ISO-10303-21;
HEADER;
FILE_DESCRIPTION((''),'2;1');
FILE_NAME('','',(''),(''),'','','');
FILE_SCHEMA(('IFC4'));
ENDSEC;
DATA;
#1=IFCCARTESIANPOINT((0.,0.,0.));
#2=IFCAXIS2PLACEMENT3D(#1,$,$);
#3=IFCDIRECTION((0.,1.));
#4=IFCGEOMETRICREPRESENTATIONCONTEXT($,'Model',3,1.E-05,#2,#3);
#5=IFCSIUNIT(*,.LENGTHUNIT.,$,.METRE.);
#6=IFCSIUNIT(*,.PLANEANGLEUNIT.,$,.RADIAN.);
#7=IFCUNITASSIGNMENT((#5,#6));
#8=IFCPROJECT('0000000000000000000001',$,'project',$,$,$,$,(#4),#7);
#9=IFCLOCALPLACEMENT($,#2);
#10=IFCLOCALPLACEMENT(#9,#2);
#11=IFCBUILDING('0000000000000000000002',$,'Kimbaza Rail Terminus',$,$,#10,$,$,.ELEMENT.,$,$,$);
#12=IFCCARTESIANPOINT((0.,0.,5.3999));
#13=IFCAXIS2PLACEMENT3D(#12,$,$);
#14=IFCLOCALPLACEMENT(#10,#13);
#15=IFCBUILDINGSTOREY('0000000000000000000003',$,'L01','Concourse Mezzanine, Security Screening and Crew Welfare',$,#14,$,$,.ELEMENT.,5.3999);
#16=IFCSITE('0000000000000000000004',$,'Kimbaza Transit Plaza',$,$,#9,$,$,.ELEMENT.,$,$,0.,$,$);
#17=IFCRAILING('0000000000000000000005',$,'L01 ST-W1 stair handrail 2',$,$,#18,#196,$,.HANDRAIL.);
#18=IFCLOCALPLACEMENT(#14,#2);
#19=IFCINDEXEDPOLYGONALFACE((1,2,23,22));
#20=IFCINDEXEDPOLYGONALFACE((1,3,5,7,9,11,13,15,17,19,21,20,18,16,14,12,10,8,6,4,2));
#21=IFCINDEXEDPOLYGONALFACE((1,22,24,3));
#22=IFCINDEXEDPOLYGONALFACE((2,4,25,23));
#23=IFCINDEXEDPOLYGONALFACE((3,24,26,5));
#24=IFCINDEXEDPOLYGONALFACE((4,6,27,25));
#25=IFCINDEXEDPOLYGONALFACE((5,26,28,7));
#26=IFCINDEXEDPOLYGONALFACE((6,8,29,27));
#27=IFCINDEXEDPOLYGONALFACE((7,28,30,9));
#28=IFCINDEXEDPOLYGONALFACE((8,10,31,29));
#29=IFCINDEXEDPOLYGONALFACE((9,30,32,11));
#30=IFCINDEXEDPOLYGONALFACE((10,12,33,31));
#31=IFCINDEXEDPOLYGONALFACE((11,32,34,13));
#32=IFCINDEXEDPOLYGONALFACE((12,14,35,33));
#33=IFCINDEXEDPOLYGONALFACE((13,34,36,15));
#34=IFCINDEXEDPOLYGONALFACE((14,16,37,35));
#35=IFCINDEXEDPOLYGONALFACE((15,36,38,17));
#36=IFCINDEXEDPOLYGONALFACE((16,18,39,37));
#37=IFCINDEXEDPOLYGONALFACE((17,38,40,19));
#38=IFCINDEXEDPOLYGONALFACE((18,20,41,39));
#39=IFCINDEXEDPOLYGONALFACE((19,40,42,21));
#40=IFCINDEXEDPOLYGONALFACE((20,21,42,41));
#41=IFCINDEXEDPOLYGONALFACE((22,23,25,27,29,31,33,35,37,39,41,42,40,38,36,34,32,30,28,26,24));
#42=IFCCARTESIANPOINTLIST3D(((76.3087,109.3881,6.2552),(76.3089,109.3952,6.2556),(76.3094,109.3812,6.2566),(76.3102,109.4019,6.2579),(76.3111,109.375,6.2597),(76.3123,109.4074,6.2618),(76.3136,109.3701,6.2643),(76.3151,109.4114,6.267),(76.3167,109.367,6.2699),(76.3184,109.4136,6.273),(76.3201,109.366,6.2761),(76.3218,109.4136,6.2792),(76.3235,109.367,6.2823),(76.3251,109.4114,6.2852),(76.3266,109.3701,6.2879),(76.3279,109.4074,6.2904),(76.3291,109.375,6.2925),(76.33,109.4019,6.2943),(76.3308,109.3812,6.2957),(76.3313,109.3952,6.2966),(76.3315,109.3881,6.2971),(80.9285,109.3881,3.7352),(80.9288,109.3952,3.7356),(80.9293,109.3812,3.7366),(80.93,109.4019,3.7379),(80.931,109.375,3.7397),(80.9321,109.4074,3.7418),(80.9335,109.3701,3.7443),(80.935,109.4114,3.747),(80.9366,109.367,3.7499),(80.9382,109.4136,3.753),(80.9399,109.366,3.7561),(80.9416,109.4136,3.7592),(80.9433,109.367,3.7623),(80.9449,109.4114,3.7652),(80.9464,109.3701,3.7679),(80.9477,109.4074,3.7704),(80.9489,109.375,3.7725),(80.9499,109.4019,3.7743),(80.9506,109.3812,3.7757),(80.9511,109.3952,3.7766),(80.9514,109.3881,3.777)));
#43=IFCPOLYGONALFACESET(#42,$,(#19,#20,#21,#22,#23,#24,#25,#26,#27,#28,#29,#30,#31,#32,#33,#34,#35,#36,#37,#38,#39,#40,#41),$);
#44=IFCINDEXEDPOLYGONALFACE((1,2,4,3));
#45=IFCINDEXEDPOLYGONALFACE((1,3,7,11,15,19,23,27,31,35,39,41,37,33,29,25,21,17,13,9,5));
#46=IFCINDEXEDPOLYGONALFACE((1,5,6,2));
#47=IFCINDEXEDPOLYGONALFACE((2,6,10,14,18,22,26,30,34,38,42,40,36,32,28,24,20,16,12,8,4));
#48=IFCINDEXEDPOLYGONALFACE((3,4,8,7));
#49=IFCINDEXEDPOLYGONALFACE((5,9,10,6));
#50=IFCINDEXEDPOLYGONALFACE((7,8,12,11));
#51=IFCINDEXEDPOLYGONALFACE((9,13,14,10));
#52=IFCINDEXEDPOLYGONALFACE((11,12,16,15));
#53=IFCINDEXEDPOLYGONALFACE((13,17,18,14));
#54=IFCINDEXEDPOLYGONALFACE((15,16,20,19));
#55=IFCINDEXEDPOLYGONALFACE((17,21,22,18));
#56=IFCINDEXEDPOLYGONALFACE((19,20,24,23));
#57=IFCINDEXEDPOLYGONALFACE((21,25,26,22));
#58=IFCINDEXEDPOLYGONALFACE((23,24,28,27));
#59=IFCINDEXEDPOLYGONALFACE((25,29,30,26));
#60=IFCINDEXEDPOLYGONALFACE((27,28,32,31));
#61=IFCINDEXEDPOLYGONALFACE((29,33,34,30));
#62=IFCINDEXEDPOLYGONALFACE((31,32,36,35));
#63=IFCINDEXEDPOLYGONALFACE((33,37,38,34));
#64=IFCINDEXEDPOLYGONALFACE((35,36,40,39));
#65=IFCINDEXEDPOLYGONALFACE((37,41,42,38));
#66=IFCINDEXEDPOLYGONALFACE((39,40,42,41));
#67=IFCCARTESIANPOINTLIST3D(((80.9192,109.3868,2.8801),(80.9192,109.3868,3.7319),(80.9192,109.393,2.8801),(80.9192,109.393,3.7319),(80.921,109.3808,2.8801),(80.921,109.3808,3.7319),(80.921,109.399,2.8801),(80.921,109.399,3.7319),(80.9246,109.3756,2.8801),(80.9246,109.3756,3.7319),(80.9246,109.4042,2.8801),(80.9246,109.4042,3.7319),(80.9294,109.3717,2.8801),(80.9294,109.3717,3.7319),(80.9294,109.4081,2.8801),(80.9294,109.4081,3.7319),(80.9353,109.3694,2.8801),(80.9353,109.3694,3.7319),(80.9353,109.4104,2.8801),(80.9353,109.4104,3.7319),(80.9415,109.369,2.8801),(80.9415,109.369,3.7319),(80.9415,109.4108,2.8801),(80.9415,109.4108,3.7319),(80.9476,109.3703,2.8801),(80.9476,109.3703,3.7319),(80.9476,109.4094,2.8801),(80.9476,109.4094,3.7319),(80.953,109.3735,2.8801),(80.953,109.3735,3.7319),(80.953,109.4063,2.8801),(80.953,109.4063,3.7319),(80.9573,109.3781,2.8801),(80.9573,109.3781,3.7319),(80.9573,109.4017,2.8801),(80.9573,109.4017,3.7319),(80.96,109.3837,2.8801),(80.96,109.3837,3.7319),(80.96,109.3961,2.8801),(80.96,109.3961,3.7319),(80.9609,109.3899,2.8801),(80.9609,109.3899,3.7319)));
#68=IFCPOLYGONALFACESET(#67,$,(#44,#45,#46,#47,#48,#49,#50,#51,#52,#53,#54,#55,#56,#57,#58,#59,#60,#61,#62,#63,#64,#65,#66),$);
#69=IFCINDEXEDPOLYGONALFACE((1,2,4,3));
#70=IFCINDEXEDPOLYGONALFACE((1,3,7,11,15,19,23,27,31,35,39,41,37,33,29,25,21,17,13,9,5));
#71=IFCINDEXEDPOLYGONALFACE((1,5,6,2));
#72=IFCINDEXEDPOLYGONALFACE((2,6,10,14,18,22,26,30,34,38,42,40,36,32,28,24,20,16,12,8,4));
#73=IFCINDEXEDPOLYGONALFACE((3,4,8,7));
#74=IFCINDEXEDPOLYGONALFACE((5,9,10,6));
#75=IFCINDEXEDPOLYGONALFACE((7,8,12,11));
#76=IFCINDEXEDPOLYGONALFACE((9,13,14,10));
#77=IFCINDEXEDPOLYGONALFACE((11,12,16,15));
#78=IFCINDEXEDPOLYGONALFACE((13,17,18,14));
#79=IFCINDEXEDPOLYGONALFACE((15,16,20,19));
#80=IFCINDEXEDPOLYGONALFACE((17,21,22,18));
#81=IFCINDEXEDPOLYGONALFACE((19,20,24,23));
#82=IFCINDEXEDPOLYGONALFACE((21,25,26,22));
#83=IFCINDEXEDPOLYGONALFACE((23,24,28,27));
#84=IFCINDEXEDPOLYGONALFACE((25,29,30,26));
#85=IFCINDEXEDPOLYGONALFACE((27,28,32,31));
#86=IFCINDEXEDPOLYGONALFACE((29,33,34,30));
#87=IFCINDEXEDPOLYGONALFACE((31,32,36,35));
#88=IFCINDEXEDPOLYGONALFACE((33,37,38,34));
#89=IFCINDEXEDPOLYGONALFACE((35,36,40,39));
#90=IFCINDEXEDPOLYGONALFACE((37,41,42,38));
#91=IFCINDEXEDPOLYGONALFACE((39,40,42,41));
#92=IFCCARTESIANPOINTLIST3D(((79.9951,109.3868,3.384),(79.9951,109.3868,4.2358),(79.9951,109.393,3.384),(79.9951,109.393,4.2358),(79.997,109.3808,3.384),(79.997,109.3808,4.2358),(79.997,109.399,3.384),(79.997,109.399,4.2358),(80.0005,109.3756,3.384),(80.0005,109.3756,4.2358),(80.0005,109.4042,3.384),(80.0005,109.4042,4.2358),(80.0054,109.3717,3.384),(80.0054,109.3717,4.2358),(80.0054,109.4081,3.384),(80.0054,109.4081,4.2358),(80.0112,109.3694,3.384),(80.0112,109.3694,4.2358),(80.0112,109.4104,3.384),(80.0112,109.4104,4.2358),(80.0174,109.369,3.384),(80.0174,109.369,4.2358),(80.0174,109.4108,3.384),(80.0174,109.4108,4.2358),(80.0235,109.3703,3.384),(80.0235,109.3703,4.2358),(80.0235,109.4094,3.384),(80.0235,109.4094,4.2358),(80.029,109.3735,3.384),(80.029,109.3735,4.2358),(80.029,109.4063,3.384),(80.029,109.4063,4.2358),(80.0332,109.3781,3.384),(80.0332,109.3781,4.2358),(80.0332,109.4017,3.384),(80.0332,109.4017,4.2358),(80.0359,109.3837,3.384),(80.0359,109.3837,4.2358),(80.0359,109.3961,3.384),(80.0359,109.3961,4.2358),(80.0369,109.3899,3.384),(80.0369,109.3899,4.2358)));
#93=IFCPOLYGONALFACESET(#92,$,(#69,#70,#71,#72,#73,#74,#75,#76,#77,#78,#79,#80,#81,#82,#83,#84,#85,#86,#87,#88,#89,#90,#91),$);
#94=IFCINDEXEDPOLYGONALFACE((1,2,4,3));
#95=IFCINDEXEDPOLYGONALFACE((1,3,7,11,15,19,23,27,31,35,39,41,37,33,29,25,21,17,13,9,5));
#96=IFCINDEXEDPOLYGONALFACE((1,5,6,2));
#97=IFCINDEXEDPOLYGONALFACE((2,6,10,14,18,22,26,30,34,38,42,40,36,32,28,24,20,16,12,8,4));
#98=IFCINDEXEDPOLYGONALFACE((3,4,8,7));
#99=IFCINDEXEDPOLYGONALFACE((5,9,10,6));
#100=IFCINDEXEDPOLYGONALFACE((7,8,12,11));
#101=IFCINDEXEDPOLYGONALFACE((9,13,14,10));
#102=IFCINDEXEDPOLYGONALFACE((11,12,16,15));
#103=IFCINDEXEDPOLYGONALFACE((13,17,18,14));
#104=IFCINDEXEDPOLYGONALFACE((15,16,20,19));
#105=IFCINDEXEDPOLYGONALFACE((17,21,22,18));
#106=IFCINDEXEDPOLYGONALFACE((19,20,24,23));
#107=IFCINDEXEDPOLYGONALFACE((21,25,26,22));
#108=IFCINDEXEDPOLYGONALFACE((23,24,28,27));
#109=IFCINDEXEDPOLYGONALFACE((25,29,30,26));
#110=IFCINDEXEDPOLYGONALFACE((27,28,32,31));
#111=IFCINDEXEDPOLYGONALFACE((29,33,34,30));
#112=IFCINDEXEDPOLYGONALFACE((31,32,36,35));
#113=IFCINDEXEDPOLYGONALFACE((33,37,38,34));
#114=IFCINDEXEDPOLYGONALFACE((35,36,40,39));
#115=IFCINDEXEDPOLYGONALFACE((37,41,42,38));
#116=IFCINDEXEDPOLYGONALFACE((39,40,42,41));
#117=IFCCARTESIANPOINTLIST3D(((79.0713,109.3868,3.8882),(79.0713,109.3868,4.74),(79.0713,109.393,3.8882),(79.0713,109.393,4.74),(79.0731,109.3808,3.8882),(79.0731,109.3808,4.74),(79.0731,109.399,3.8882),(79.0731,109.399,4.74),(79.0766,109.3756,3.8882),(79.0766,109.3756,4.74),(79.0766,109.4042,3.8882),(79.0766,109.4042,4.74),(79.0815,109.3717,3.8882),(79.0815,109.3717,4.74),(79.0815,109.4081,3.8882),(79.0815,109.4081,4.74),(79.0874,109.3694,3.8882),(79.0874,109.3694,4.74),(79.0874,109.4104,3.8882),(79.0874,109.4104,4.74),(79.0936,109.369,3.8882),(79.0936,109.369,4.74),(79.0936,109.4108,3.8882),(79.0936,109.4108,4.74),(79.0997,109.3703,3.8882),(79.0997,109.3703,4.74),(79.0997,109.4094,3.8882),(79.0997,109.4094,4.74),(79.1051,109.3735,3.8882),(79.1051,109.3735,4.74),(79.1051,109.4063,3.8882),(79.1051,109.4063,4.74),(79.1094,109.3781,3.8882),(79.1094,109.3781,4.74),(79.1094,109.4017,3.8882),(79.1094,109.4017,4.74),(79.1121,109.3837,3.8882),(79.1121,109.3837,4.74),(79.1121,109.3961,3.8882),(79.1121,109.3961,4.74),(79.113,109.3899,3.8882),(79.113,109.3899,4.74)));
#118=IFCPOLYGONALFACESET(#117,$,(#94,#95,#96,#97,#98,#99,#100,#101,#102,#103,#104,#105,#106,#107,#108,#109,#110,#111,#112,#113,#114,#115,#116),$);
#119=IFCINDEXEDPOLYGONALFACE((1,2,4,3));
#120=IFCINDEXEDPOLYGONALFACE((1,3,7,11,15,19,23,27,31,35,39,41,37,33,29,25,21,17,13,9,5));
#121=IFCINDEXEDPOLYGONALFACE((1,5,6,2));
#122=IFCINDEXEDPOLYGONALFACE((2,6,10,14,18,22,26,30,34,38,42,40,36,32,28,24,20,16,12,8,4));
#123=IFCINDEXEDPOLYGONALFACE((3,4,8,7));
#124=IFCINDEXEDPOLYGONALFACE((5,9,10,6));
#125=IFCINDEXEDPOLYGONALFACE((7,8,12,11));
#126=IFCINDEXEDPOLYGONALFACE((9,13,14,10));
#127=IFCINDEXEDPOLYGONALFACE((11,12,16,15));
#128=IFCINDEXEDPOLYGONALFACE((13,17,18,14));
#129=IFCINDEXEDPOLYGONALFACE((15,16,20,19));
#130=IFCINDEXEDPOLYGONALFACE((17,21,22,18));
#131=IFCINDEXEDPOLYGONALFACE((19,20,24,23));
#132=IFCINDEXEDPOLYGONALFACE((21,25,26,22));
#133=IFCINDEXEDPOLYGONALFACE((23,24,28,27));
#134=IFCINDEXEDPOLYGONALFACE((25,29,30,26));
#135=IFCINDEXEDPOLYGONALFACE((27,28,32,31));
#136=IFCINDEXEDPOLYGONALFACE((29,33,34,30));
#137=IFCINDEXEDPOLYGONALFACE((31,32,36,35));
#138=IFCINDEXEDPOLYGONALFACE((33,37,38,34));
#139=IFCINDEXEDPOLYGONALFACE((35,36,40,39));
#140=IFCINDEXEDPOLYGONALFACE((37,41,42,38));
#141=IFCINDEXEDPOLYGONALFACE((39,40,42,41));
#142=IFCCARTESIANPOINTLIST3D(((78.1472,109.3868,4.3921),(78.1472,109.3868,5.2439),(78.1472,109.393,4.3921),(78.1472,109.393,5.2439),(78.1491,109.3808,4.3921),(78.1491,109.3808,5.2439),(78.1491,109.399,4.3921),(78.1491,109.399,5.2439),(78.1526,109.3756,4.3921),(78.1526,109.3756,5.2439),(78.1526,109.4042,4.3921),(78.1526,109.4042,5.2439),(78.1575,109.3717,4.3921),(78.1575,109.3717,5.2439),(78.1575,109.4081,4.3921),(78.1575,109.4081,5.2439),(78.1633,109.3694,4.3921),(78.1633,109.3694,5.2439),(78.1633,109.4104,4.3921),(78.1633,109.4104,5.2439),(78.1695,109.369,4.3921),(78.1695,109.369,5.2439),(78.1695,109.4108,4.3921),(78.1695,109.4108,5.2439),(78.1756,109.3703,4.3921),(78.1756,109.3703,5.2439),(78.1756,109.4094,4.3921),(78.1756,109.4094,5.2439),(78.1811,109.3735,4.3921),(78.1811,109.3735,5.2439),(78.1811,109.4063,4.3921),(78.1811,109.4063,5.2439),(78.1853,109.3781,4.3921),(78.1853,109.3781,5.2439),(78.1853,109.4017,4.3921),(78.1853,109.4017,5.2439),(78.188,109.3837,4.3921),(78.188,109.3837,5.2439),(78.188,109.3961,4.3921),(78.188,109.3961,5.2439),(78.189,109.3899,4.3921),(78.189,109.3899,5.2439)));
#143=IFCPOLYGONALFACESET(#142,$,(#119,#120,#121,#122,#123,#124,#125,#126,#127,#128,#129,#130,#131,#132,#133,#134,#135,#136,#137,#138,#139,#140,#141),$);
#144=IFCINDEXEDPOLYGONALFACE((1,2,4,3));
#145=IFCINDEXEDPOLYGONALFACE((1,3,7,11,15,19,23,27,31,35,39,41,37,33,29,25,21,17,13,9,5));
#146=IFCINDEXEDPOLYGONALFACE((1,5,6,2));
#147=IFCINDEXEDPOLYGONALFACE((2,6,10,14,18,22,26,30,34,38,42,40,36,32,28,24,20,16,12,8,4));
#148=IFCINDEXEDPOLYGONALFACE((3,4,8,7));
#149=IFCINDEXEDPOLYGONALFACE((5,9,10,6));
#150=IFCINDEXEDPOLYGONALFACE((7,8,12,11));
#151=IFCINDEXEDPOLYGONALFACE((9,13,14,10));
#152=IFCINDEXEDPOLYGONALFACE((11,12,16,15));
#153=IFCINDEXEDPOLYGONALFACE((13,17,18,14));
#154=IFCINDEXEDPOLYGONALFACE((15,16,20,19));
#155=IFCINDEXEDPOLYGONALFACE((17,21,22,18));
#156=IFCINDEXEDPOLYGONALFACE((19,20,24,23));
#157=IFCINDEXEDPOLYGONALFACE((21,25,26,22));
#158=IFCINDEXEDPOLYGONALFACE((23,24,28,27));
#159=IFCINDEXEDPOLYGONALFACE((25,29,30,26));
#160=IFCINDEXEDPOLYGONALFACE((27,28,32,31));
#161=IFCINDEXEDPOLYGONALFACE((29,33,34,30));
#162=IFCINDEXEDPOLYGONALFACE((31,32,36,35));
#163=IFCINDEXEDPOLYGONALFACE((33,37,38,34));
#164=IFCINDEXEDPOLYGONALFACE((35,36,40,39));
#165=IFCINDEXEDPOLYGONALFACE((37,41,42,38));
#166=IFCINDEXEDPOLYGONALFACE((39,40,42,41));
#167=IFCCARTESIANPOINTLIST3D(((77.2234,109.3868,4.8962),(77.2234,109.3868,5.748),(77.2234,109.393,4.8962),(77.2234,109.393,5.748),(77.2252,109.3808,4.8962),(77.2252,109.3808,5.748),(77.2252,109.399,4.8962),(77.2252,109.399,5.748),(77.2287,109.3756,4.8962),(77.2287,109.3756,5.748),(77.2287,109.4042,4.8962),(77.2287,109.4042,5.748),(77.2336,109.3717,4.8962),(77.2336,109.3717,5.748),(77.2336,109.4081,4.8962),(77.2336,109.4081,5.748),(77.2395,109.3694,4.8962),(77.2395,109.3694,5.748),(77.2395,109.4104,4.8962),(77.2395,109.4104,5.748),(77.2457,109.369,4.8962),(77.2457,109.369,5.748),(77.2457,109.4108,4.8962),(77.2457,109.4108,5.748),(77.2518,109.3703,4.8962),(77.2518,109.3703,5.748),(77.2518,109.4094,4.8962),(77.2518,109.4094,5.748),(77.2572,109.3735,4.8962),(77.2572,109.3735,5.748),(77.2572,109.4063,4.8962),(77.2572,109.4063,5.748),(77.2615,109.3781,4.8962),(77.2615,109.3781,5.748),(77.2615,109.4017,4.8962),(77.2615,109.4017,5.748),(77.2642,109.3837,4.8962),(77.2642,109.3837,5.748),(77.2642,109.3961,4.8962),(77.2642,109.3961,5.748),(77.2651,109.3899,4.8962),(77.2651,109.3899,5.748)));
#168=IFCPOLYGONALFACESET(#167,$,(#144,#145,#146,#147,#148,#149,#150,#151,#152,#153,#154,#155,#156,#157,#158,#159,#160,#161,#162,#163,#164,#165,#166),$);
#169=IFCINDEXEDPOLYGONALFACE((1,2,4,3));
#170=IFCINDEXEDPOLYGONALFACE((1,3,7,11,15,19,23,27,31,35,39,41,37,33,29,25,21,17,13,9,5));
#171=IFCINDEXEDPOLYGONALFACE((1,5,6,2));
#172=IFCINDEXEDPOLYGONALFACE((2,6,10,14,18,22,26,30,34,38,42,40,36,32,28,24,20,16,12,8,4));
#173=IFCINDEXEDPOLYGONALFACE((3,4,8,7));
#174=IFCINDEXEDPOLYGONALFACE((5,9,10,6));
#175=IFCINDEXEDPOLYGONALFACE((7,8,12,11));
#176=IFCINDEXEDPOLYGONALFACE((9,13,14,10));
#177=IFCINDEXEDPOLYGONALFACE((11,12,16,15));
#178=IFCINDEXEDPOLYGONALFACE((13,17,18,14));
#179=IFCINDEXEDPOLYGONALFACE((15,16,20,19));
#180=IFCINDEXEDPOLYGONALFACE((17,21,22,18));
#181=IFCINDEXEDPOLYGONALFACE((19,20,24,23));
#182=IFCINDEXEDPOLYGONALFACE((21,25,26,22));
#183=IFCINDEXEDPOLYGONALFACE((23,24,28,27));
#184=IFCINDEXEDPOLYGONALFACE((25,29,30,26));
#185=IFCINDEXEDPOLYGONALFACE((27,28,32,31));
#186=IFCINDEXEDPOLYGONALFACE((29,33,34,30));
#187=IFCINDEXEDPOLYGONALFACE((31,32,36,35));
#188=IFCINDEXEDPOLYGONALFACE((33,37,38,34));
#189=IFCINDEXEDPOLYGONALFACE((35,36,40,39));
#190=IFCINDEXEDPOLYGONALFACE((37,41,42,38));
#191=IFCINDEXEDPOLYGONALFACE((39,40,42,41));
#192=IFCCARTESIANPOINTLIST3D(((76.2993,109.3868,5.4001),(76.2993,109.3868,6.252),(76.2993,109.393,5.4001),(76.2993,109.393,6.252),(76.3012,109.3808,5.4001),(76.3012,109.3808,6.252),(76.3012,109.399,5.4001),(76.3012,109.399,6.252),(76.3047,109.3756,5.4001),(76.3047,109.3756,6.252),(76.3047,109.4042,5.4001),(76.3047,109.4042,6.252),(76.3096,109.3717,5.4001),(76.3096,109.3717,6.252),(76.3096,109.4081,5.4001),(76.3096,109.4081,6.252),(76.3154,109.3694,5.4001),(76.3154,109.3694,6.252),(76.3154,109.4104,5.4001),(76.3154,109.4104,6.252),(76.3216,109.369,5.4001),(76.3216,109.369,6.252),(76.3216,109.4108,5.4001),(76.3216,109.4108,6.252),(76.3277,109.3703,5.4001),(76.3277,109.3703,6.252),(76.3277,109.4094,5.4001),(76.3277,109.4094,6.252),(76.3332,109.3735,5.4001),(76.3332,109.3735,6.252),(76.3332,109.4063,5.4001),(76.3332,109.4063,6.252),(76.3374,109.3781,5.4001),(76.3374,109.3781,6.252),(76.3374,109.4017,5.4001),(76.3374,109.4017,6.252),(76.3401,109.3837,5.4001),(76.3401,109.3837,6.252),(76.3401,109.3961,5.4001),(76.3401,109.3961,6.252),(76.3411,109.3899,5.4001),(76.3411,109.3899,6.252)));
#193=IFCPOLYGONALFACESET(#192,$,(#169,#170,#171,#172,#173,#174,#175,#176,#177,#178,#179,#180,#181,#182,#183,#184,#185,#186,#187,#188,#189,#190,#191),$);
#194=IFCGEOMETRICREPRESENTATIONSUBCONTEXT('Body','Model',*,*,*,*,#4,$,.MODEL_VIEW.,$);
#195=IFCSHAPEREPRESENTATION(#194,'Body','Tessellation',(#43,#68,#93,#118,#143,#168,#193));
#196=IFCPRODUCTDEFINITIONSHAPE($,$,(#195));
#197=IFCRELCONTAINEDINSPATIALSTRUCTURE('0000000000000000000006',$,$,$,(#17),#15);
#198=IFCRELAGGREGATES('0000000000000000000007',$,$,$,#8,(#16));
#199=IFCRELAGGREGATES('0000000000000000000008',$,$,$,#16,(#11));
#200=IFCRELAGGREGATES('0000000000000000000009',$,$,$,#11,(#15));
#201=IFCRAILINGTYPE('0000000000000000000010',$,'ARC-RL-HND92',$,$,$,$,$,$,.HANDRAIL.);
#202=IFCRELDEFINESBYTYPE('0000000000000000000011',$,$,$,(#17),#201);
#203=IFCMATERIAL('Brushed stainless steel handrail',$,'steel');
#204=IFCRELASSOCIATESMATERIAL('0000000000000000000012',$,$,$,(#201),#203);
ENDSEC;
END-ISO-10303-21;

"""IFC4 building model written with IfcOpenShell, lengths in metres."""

from ifc_helpers import new_model, si_unit, direction, frame, origin, origin_2d, place, context, subcontext, project, spatial, circle, extrude, material, type_object, element, save


model = new_model("IFC4")

# Units and contexts
model_context = context("Model", 3, precision=1e-05, world=origin(), true_north=direction((0.0, 1.0)))
body_context = subcontext(model_context, "Body", "Model", "MODEL_VIEW")
ifc_project = project(units=[si_unit("LENGTHUNIT", "METRE"), si_unit("PLANEANGLEUNIT", "RADIAN")], contexts=[model_context])

# Site, building, storey
site_placement = place(None, origin())
site = spatial("IfcSite", under=ifc_project, at=site_placement, Name="Kimbaza Transit Plaza", CompositionType="ELEMENT", RefElevation=0.0)
building_placement = place(site_placement, origin())
building = spatial("IfcBuilding", under=site, at=building_placement, Name="Kimbaza Rail Terminus", CompositionType="ELEMENT")
storey_placement = place(building_placement, frame((0.0, 0.0, 5.3999)))
storey = spatial("IfcBuildingStorey", under=building, at=storey_placement, Name="L01", Description="Concourse Mezzanine, Security Screening and Crew Welfare", CompositionType="ELEMENT", Elevation=5.3999)

# Railing
ifc_material_1 = material(Name="Brushed stainless steel handrail", Category="steel")
railing_type_1 = type_object("IfcRailingType", Name="ARC-RL-HND92", PredefinedType="HANDRAIL", material=ifc_material_1)
railing_1_placement = place(storey_placement, frame((80.9399, 109.3899, 2.8801)))
element("IfcRailing", 1, at=railing_1_placement, inside=storey, type_object=railing_type_1, Name="L01 ST-W1 stair handrail 2", PredefinedType="HANDRAIL", context=body_context, shape_type="SweptSolid", body=[
    extrude(circle(Radius=0.0239, at=origin_2d()), frame((0.0, 0.0, 0.876), z_axis=(-0.877888, 0.0, 0.478865), x_axis=(0.0, -1.0, 0.0)), (0.0, 0.0, 1.0), 5.2625),
    extrude(circle(Radius=0.021, at=origin_2d()), origin(), (0.0, 0.0, 1.0), 0.8518),
    extrude(circle(Radius=0.021, at=origin_2d()), frame((-0.9241, 0.0, 0.5039)), (0.0, 0.0, 1.0), 0.8518),
    extrude(circle(Radius=0.021, at=origin_2d()), frame((-1.8479, 0.0, 1.0081)), (0.0, 0.0, 1.0), 0.8518),
    extrude(circle(Radius=0.021, at=origin_2d()), frame((-2.772, 0.0, 1.512)), (0.0, 0.0, 1.0), 0.8518),
    extrude(circle(Radius=0.021, at=origin_2d()), frame((-3.6958, 0.0, 2.0161)), (0.0, 0.0, 1.0), 0.8518),
    extrude(circle(Radius=0.021, at=origin_2d()), frame((-4.6199, 0.0, 2.52)), (0.0, 0.0, 1.0), 0.8518),
])

save(model, "model.ifc")
